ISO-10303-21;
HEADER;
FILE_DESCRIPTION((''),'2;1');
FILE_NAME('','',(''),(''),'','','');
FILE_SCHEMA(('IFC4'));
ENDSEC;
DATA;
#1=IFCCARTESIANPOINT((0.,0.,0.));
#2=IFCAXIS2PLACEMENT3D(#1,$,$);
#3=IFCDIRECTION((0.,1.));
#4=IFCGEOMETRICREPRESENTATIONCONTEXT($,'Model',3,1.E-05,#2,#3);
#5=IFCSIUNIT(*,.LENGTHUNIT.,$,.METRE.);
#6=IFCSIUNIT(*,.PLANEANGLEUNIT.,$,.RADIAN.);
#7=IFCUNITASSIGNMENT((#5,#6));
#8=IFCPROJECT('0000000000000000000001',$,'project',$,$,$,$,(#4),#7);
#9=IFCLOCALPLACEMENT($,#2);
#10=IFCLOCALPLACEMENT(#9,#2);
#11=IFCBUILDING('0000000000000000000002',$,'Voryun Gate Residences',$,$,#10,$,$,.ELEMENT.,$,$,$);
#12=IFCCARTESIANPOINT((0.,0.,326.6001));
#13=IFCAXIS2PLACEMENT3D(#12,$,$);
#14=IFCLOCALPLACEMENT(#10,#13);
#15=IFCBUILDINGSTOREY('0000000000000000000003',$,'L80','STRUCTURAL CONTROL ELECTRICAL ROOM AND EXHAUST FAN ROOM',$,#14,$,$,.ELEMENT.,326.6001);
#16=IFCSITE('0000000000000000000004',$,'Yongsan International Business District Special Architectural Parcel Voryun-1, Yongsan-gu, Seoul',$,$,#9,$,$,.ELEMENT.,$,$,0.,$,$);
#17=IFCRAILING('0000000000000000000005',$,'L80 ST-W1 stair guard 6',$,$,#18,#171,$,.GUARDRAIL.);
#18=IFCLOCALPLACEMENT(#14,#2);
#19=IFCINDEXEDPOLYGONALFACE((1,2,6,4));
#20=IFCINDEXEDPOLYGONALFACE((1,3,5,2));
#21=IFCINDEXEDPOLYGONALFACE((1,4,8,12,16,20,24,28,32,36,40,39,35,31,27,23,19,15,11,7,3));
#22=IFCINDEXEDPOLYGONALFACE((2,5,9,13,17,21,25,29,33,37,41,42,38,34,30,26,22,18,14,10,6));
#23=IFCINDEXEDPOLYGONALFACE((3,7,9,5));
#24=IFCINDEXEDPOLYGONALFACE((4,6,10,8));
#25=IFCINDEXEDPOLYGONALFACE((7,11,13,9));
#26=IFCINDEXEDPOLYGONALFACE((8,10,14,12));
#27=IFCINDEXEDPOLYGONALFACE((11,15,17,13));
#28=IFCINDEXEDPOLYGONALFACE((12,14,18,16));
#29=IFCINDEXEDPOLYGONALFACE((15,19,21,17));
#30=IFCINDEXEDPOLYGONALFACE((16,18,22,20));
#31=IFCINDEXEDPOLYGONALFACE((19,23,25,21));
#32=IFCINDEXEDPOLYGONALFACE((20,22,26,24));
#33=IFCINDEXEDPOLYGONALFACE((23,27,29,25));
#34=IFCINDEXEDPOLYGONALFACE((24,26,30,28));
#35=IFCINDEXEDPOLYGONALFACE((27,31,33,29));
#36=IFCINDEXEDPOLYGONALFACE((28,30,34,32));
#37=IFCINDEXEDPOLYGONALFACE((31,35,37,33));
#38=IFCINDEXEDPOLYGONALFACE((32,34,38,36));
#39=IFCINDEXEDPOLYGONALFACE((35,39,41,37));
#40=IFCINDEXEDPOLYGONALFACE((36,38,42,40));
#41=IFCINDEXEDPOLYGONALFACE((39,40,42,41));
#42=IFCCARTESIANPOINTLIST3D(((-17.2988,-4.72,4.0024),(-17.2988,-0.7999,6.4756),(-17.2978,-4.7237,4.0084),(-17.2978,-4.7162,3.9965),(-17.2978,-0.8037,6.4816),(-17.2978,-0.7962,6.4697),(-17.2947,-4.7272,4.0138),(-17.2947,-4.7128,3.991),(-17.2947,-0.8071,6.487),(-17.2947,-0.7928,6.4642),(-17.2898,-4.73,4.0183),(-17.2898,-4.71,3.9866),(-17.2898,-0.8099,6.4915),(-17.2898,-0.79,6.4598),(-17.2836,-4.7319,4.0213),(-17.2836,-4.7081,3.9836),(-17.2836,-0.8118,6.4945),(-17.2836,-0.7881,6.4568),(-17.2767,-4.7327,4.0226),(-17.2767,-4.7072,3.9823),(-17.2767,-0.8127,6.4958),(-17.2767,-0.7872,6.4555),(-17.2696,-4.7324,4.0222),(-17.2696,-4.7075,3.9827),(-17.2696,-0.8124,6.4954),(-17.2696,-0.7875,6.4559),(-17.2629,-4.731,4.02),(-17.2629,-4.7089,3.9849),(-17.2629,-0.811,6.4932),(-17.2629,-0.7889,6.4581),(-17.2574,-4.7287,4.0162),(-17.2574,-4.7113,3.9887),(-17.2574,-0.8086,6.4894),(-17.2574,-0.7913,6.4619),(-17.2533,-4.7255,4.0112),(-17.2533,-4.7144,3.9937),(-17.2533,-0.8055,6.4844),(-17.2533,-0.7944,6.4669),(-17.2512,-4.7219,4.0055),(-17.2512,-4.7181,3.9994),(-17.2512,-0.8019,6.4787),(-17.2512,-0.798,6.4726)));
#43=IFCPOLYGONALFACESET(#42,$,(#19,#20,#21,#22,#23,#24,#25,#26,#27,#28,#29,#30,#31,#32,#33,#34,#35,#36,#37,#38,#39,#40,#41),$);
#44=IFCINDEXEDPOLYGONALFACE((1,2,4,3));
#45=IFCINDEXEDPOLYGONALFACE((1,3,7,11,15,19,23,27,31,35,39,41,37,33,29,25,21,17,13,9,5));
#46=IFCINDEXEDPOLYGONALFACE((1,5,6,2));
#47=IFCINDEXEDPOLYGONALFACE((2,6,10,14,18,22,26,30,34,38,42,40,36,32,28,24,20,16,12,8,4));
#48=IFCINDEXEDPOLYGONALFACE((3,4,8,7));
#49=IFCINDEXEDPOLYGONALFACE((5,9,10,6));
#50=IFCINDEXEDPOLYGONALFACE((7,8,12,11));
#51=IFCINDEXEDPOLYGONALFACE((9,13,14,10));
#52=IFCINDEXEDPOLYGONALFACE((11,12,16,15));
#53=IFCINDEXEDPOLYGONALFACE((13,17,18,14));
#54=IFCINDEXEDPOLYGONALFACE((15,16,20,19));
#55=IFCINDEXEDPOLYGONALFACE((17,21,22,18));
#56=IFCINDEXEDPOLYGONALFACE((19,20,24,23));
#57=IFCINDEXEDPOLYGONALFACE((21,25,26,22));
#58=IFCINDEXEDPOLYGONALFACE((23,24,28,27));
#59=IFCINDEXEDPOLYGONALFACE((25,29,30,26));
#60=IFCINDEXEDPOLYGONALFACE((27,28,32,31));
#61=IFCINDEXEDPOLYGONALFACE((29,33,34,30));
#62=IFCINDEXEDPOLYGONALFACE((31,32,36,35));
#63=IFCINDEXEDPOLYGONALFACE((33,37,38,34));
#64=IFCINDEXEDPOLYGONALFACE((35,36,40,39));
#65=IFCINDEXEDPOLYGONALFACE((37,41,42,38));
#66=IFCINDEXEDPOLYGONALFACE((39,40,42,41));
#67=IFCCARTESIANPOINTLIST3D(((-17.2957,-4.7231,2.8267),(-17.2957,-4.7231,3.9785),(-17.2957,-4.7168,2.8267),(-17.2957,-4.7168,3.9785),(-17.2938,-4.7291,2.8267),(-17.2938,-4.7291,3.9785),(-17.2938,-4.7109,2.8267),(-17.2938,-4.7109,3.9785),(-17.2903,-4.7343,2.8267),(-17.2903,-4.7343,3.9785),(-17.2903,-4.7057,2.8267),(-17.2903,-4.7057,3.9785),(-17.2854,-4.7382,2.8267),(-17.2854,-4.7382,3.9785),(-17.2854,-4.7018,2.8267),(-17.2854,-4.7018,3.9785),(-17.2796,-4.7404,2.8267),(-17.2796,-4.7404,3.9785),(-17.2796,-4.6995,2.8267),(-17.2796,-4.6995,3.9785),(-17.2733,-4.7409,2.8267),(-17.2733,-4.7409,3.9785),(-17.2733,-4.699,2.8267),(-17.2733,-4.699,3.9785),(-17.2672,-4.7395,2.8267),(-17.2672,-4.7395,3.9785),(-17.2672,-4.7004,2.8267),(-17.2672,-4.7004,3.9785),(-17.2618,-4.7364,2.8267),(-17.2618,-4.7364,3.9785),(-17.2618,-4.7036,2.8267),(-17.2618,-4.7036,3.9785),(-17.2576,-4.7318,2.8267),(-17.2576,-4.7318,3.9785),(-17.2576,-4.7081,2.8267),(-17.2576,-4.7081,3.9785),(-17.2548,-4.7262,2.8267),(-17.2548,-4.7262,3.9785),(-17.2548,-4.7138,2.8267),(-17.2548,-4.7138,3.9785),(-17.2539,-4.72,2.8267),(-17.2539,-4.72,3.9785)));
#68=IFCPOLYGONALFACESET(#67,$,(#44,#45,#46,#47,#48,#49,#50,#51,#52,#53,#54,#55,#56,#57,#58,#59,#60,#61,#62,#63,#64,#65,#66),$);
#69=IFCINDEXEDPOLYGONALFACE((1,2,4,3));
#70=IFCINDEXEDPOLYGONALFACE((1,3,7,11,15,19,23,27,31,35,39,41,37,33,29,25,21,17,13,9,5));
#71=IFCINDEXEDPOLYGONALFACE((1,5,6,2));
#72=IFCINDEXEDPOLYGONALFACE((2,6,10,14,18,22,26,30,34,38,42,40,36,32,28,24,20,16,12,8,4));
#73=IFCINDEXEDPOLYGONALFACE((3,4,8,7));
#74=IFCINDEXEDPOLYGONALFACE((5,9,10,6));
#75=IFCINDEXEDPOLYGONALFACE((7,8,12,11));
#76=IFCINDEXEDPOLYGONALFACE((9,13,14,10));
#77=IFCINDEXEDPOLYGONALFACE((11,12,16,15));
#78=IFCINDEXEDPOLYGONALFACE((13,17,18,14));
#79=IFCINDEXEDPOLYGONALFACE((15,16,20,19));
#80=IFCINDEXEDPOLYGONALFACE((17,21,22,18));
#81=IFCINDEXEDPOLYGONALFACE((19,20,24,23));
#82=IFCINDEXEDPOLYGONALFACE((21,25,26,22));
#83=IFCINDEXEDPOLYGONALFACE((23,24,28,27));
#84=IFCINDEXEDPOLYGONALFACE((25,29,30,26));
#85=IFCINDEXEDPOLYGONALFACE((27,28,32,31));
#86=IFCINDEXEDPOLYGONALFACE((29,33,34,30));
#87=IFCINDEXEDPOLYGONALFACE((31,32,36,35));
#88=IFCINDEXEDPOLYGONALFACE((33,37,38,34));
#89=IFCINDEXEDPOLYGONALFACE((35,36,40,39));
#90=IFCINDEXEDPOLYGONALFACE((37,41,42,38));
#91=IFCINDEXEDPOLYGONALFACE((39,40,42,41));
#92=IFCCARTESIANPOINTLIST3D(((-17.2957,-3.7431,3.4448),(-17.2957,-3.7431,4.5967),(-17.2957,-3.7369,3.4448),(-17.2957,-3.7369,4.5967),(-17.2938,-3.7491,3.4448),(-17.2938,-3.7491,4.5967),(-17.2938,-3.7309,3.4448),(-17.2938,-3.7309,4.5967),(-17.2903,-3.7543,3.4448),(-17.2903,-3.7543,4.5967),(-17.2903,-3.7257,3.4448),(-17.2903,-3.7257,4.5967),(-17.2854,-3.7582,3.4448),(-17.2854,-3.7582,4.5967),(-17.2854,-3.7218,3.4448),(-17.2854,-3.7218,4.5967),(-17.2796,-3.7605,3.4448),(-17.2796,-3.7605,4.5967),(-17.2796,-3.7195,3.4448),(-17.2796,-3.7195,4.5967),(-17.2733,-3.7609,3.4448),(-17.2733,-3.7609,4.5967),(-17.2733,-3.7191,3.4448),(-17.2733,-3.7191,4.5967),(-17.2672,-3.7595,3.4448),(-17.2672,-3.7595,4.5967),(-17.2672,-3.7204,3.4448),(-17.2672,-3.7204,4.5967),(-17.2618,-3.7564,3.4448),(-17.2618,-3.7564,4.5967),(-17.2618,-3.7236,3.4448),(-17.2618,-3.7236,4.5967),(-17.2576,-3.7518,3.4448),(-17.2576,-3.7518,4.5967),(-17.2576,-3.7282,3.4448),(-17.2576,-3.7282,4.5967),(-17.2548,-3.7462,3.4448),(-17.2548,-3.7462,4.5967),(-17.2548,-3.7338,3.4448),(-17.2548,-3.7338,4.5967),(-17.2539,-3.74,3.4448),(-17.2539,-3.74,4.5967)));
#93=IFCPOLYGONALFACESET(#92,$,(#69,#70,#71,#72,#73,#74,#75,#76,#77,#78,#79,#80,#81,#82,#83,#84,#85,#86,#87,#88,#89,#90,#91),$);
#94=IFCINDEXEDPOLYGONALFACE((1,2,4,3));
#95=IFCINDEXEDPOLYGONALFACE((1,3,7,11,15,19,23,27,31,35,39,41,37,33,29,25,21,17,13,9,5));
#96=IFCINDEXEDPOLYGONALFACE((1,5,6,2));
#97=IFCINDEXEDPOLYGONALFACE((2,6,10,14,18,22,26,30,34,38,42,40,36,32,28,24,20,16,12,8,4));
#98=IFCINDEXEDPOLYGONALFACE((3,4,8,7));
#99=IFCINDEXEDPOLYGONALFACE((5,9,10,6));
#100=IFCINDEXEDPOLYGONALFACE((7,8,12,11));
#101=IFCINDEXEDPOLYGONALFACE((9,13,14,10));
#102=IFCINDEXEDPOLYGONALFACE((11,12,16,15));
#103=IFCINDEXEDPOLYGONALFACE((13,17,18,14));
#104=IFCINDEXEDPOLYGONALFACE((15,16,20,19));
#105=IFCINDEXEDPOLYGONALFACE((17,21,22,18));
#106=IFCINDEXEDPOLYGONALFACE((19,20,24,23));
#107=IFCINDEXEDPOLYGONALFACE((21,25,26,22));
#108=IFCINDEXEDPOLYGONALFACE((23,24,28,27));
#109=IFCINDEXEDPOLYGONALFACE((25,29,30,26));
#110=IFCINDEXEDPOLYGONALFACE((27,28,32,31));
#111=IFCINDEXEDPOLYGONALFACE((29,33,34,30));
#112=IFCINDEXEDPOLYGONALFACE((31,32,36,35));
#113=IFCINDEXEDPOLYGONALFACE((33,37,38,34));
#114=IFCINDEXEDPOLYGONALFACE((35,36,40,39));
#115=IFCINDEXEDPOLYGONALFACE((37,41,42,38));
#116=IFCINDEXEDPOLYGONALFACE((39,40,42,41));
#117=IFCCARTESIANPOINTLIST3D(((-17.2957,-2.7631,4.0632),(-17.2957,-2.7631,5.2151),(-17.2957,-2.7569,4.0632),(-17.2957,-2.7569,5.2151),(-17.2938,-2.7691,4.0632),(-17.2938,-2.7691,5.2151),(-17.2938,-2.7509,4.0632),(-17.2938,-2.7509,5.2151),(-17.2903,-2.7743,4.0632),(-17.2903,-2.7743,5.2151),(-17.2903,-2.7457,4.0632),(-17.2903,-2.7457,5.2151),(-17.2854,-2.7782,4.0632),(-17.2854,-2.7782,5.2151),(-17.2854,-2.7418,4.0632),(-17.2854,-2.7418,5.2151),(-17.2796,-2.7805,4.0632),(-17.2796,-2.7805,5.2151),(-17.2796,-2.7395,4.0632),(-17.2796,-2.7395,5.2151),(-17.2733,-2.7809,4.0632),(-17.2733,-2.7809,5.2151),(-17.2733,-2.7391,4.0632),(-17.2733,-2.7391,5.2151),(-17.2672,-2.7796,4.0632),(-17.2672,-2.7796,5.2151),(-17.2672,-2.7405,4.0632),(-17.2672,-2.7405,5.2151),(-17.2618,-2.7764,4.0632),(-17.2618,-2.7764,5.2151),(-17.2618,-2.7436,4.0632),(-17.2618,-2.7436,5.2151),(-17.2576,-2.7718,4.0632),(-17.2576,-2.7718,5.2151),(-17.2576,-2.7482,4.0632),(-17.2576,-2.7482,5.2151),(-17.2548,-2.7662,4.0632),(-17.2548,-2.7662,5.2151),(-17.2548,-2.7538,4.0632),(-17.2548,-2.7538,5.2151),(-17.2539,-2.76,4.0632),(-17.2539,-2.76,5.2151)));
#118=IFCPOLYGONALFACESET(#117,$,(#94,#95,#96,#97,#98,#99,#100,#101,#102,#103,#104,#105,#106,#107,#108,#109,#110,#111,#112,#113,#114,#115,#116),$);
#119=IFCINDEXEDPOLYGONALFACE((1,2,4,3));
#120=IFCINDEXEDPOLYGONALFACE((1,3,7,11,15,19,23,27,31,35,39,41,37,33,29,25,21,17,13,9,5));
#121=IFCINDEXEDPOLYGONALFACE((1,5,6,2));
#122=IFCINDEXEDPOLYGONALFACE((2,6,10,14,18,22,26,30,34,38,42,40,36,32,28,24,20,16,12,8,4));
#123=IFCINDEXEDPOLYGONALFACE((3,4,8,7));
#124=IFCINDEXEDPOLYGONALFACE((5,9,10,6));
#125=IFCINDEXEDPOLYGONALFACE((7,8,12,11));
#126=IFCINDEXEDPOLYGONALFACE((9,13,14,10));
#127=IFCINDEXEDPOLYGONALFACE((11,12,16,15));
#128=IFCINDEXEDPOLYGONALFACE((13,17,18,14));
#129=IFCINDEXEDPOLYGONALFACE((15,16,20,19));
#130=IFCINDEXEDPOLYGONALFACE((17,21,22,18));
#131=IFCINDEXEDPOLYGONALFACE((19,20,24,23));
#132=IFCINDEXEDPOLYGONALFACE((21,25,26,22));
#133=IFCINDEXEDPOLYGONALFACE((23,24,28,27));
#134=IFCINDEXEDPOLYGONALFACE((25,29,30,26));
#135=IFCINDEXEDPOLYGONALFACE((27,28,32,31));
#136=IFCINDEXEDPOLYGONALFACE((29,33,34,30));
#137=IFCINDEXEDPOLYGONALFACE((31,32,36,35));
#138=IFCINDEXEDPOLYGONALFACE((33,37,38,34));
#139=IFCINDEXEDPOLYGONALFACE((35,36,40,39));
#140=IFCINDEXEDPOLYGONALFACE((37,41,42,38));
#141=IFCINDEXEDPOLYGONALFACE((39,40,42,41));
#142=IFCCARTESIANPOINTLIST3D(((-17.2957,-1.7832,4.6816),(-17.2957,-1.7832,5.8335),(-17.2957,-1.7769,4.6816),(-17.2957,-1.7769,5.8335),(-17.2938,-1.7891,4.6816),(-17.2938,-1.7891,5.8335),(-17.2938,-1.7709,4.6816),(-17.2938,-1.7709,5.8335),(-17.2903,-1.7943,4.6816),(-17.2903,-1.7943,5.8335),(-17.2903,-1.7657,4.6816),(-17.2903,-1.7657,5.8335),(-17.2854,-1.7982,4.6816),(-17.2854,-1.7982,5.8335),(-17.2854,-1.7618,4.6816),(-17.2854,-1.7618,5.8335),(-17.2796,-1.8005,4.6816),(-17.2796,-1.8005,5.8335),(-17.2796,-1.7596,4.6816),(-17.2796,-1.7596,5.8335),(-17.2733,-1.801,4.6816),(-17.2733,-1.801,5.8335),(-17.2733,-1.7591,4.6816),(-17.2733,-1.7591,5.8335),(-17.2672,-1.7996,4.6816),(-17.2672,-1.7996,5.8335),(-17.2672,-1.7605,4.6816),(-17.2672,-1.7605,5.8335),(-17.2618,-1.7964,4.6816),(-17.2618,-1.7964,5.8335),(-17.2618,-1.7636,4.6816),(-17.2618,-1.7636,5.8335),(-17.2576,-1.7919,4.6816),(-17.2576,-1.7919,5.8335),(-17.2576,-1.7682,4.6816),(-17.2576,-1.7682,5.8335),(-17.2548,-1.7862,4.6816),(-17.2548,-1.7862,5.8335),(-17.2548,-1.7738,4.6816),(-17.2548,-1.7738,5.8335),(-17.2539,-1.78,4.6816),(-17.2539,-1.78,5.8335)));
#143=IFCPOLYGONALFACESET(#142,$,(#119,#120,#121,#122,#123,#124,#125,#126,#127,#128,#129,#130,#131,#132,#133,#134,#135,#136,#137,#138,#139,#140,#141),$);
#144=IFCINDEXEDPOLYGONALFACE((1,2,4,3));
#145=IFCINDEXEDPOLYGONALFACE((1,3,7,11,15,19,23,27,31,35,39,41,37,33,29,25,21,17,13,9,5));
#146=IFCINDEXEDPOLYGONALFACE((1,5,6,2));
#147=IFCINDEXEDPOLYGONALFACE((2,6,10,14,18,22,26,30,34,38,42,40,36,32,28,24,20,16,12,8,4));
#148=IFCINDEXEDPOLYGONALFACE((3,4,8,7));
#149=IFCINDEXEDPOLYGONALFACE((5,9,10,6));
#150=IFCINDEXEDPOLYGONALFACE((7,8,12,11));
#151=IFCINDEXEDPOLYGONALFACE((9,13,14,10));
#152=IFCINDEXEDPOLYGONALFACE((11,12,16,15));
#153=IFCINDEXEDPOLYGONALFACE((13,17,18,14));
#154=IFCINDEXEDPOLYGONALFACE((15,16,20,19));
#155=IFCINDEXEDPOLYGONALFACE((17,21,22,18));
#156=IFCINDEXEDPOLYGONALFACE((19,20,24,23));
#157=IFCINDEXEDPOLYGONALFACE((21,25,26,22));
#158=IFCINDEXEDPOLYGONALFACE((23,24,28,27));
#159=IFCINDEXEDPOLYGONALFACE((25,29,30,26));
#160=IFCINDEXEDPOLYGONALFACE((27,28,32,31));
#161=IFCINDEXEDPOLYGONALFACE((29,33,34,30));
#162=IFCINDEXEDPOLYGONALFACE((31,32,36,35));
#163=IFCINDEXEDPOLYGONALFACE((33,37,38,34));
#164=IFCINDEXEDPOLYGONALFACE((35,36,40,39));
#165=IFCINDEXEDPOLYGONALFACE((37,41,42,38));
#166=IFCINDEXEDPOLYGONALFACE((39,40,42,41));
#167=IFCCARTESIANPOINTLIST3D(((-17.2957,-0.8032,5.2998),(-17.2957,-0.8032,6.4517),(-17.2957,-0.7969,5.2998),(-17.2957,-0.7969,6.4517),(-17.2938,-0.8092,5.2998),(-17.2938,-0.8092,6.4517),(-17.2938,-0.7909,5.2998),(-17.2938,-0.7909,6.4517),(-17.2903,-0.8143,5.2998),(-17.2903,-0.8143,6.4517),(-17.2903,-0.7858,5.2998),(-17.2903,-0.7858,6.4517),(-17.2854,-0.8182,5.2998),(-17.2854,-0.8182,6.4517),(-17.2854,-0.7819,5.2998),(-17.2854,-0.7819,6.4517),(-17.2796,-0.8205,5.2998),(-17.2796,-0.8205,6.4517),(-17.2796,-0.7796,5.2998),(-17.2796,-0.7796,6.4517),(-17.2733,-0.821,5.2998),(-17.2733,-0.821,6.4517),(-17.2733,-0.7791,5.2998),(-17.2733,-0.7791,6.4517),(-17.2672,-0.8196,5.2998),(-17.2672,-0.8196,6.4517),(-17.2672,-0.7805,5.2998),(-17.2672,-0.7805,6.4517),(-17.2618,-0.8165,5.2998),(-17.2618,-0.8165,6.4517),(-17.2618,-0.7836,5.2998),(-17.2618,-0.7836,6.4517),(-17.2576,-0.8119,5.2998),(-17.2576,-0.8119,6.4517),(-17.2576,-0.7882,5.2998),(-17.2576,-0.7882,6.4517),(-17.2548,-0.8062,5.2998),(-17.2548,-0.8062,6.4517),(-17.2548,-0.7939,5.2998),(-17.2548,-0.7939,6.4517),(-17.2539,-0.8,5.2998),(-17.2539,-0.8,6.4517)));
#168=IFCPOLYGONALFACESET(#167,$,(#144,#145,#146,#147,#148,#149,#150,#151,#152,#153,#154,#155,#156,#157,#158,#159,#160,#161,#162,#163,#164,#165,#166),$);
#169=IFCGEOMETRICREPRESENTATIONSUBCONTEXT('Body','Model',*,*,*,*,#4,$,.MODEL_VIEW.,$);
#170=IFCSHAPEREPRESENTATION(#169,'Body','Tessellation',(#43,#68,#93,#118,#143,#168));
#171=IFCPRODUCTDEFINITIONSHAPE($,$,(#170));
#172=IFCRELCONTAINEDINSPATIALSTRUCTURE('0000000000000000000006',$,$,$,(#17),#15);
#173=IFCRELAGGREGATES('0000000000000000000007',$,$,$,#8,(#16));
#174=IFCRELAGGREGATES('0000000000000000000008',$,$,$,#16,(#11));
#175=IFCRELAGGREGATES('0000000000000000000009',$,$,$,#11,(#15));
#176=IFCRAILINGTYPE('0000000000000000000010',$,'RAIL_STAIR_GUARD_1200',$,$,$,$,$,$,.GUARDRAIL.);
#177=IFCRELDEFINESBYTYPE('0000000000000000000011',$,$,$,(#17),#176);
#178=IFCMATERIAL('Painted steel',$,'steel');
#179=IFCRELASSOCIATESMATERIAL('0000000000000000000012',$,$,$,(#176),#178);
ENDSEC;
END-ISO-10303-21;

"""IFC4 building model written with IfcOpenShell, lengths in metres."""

from ifc_helpers import new_model, si_unit, direction, frame, origin, origin_2d, place, context, subcontext, project, spatial, circle, extrude, material, type_object, element, save


model = new_model("IFC4")

# Units and contexts
model_context = context("Model", 3, precision=1e-05, world=origin(), true_north=direction((0.0, 1.0)))
body_context = subcontext(model_context, "Body", "Model", "MODEL_VIEW")
ifc_project = project(units=[si_unit("LENGTHUNIT", "METRE"), si_unit("PLANEANGLEUNIT", "RADIAN")], contexts=[model_context])

# Site, building, storey
site_placement = place(None, origin())
site = spatial("IfcSite", under=ifc_project, at=site_placement, Name="Yongsan International Business District Special Architectural Parcel Voryun-1, Yongsan-gu, Seoul", CompositionType="ELEMENT", RefElevation=0.0)
building_placement = place(site_placement, origin())
building = spatial("IfcBuilding", under=site, at=building_placement, Name="Voryun Gate Residences", CompositionType="ELEMENT")
storey_placement = place(building_placement, frame((0.0, 0.0, 326.6001)))
storey = spatial("IfcBuildingStorey", under=building, at=storey_placement, Name="L80", Description="STRUCTURAL CONTROL ELECTRICAL ROOM AND EXHAUST FAN ROOM", CompositionType="ELEMENT", Elevation=326.6001)

# Railing
ifc_material_1 = material(Name="Painted steel", Category="steel")
railing_type_1 = type_object("IfcRailingType", Name="RAIL_STAIR_GUARD_1200", PredefinedType="GUARDRAIL", material=ifc_material_1)
railing_1_placement = place(storey_placement, frame((-17.2749, -4.72, 2.8267)))
element("IfcRailing", 1, at=railing_1_placement, inside=storey, type_object=railing_type_1, Name="L80 ST-W1 stair guard 6", PredefinedType="GUARDRAIL", context=body_context, shape_type="SweptSolid", body=[
    extrude(circle(Radius=0.0239, at=origin_2d()), frame((0.0, 0.0, 1.1758), z_axis=(0.0, 0.845742, 0.533593), x_axis=(-1.0, 0.0, 0.0)), (0.0, 0.0, 1.0), 4.635),
    extrude(circle(Radius=0.021, at=origin_2d()), origin(), (0.0, 0.0, 1.0), 1.1519),
    extrude(circle(Radius=0.021, at=origin_2d()), frame((0.0, 0.98, 0.6182)), (0.0, 0.0, 1.0), 1.1519),
    extrude(circle(Radius=0.021, at=origin_2d()), frame((0.0, 1.96, 1.2366)), (0.0, 0.0, 1.0), 1.1519),
    extrude(circle(Radius=0.021, at=origin_2d()), frame((0.0, 2.9399, 1.855)), (0.0, 0.0, 1.0), 1.1519),
    extrude(circle(Radius=0.021, at=origin_2d()), frame((0.0, 3.9199, 2.4731)), (0.0, 0.0, 1.0), 1.1519),
])

save(model, "model.ifc")
